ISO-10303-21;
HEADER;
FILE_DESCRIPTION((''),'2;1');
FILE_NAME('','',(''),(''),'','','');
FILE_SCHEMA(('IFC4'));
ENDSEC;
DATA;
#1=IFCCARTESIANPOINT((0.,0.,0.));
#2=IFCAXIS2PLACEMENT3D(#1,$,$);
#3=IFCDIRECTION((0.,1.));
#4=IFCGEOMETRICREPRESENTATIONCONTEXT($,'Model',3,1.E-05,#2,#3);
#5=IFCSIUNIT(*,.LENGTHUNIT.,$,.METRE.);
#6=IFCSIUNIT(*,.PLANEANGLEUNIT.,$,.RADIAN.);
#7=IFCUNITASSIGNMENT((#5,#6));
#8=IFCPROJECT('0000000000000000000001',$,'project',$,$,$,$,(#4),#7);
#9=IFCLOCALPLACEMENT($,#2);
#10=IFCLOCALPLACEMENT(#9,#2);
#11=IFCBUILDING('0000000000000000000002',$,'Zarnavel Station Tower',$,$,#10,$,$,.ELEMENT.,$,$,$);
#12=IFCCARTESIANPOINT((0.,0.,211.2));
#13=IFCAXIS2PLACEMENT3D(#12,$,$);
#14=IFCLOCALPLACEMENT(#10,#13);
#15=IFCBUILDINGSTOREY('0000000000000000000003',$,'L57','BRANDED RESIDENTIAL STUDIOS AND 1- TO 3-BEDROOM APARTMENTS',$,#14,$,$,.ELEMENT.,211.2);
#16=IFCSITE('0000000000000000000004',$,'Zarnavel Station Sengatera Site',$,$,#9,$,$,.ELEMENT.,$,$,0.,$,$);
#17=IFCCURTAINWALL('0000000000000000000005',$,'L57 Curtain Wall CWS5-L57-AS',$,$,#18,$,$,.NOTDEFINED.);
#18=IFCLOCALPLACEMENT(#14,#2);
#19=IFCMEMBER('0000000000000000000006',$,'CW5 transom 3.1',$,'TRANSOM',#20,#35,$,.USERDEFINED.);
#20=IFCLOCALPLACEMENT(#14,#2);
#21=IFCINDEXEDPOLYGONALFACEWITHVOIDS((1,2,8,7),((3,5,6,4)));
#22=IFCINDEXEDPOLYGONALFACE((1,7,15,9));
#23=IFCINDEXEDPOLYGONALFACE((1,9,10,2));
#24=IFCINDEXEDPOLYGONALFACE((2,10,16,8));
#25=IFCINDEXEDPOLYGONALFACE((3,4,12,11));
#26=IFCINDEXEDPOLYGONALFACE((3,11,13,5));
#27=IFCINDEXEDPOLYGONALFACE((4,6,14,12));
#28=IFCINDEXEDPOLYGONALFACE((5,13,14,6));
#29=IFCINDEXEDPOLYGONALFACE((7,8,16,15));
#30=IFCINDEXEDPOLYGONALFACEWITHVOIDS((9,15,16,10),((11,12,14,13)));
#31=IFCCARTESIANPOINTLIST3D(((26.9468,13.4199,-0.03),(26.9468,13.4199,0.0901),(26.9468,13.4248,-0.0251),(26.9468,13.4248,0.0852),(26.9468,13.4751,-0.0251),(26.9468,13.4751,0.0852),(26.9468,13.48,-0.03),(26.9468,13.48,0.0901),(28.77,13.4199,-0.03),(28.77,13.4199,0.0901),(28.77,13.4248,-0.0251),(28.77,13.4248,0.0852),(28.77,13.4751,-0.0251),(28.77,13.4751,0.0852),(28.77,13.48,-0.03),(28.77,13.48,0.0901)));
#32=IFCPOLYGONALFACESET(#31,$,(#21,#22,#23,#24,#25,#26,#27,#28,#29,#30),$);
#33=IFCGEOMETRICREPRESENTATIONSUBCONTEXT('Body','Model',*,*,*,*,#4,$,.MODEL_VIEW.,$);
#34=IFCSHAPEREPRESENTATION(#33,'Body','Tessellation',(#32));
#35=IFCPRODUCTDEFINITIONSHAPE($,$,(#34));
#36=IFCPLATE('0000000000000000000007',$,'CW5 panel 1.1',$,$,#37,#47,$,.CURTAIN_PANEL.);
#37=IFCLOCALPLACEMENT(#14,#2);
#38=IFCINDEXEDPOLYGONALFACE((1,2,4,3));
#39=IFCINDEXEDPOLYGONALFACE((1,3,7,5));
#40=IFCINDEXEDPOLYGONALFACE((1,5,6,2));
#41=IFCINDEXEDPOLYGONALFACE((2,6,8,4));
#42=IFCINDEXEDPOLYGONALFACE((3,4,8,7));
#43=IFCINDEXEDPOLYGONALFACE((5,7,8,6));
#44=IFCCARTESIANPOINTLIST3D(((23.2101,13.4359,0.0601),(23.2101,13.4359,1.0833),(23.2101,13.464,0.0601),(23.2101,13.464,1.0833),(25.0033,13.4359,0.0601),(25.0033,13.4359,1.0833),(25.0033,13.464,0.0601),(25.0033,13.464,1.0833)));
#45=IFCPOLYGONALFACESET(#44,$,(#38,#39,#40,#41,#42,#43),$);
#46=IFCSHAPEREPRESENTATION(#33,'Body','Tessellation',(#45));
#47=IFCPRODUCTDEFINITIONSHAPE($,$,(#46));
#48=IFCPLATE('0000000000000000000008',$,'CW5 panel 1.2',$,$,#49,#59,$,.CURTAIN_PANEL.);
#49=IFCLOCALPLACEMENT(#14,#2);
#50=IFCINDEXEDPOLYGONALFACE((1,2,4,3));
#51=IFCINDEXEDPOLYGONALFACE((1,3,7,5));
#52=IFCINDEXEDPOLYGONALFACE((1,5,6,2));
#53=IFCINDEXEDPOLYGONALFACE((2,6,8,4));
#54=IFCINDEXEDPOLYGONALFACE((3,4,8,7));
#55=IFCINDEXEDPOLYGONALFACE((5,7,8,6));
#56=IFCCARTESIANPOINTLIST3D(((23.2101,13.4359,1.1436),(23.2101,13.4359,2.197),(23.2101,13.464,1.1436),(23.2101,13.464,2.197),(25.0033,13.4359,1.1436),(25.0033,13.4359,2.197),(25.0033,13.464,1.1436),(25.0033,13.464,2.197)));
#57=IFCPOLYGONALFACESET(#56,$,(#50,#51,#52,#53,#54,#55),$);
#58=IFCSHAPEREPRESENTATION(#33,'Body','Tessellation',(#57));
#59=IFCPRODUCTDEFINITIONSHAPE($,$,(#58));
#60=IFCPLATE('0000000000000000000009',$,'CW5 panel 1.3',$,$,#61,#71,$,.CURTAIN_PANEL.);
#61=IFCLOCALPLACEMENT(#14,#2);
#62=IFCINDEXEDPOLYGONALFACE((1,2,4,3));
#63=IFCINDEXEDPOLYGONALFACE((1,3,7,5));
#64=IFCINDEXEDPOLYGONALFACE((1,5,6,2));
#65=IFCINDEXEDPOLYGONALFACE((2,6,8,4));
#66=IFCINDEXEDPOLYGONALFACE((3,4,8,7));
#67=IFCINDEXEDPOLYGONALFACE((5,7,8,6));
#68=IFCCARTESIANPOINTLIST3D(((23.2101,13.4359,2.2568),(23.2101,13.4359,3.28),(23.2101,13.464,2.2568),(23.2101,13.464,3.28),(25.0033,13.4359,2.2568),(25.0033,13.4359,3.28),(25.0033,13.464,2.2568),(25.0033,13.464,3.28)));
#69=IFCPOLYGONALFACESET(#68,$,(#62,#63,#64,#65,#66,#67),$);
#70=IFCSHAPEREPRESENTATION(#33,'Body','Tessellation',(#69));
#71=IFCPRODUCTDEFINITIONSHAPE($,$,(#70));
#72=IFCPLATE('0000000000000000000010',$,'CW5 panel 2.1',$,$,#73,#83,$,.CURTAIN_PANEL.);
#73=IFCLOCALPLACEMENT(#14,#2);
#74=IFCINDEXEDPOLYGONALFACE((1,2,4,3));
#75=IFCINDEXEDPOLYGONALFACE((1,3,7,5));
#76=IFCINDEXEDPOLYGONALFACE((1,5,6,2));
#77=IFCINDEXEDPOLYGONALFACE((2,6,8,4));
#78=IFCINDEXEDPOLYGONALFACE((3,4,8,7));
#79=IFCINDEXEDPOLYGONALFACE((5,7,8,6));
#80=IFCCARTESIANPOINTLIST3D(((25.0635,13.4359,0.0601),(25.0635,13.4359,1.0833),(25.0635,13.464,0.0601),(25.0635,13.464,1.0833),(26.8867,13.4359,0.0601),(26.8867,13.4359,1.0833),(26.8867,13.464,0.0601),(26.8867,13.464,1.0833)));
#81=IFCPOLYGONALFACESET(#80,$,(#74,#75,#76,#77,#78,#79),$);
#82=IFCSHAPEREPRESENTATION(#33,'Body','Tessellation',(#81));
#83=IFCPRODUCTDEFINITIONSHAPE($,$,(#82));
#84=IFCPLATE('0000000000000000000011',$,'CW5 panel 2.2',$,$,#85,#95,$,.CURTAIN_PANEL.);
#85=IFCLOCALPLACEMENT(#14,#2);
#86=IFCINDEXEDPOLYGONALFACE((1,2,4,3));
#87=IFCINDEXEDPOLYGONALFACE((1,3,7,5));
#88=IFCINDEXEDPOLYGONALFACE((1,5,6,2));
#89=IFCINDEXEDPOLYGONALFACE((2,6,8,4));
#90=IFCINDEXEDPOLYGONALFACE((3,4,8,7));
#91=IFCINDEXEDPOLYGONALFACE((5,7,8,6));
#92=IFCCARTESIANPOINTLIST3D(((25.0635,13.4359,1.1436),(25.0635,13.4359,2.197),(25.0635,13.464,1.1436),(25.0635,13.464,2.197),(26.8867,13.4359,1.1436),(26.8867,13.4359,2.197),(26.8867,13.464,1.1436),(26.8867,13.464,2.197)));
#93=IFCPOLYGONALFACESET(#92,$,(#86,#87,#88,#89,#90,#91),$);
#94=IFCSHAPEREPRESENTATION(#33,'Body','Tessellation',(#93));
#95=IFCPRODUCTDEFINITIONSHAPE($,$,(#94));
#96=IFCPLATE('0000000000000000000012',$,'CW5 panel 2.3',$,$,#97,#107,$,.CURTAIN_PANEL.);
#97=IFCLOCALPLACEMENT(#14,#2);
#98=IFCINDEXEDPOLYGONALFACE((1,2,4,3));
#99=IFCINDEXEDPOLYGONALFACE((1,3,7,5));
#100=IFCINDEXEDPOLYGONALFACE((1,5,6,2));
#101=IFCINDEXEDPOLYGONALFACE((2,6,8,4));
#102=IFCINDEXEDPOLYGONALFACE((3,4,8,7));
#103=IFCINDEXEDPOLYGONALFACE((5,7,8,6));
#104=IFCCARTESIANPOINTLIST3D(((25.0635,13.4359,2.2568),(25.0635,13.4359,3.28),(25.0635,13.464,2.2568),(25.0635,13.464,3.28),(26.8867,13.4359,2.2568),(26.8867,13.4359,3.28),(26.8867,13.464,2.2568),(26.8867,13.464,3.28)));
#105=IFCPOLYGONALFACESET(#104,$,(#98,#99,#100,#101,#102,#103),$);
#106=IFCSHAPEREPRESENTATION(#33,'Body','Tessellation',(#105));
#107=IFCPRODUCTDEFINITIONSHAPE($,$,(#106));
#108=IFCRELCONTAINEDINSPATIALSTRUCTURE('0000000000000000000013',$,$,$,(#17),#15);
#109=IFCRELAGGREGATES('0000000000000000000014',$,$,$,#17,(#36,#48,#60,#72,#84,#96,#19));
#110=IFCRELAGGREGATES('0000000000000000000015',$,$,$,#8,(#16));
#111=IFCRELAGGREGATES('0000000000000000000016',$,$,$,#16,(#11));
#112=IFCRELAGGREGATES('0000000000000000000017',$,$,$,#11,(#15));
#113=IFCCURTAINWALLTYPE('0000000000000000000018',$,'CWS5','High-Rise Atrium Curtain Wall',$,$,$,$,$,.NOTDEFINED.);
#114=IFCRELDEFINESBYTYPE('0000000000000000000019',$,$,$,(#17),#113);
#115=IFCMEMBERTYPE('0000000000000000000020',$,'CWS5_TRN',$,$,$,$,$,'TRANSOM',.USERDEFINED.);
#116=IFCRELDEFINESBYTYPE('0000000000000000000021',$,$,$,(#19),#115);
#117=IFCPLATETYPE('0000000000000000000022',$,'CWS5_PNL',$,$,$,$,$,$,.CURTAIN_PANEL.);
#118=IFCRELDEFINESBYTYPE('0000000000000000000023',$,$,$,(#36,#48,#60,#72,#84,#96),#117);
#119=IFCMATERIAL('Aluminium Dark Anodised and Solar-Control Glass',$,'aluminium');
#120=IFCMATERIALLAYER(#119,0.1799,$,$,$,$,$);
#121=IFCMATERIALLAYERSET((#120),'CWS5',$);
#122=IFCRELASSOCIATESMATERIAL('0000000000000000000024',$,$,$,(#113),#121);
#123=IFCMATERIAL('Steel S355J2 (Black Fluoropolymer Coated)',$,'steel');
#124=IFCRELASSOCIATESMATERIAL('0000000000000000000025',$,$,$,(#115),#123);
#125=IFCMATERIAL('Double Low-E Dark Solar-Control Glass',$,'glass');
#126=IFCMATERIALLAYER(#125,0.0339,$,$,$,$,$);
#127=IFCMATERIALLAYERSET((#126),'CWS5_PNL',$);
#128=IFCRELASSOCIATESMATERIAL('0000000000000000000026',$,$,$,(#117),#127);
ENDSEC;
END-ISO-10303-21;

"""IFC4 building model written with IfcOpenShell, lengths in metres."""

from ifc_helpers import new_model, si_unit, direction, frame, origin, origin_2d, place, context, subcontext, project, spatial, rectangle, hollow_rectangle, extrude, material, layer, layer_set, material_profile, profile_set, type_object, element, aggregate, save


model = new_model("IFC4")

# Units and contexts
model_context = context("Model", 3, precision=1e-05, world=origin(), true_north=direction((0.0, 1.0)))
body_context = subcontext(model_context, "Body", "Model", "MODEL_VIEW")
ifc_project = project(units=[si_unit("LENGTHUNIT", "METRE"), si_unit("PLANEANGLEUNIT", "RADIAN")], contexts=[model_context])

# Site, building, storey
site_placement = place(None, origin())
site = spatial("IfcSite", under=ifc_project, at=site_placement, Name="Zarnavel Station Sengatera Site", CompositionType="ELEMENT", RefElevation=0.0)
building_placement = place(site_placement, origin())
building = spatial("IfcBuilding", under=site, at=building_placement, Name="Zarnavel Station Tower", CompositionType="ELEMENT")
storey_placement = place(building_placement, frame((0.0, 0.0, 211.2)))
storey = spatial("IfcBuildingStorey", under=building, at=storey_placement, Name="L57", Description="BRANDED RESIDENTIAL STUDIOS AND 1- TO 3-BEDROOM APARTMENTS", CompositionType="ELEMENT", Elevation=211.2)

# Curtain wall, member, plates
ifc_material_1 = material(Name="Aluminium Dark Anodised and Solar-Control Glass", Category="aluminium")
ifc_layer_1 = layer(ifc_material_1, 0.1799)
ifc_layer_set_1 = layer_set([ifc_layer_1], Name="CWS5")
curtain_wall_type = type_object("IfcCurtainWallType", Name="CWS5", Description="High-Rise Atrium Curtain Wall", PredefinedType="NOTDEFINED", material=ifc_layer_set_1)
curtain_wall_placement = place(storey_placement, origin())
curtain_wall = element("IfcCurtainWall", 1, at=curtain_wall_placement, inside=storey, type_object=curtain_wall_type, Name="L57 Curtain Wall CWS5-L57-AS", PredefinedType="NOTDEFINED")
ifc_material_2 = material(Name="Steel S355J2 (Black Fluoropolymer Coated)", Category="steel")
ifc_material_profile_1 = material_profile(ifc_material_2, hollow_rectangle(XDim=0.0601, YDim=0.1201, WallThickness=0.0049, at=origin_2d()), Name="RHS120x60x5")
ifc_profile_set_1 = profile_set([ifc_material_profile_1], Name="Steel S355J2 (Black Fluoropolymer Coated)")
member_type_1 = type_object("IfcMemberType", Name="CWS5_TRN", ElementType="TRANSOM", PredefinedType="USERDEFINED", material=ifc_profile_set_1)
member_1_placement = place(storey_placement, frame((26.9468, 13.45, 0.03), z_axis=(1.0, 0.0, 0.0), x_axis=(0.0, 1.0, 0.0)))
member_1 = element("IfcMember", 2, at=member_1_placement, type_object=member_type_1, Name="CW5 transom 3.1", ObjectType="TRANSOM", PredefinedType="USERDEFINED", context=body_context, shape_type="SweptSolid", body=[
    extrude(hollow_rectangle(XDim=0.0601, YDim=0.1201, WallThickness=0.0049, at=origin_2d()), origin(), (0.0, 0.0, 1.0), 1.8232),
])
ifc_material_3 = material(Name="Double Low-E Dark Solar-Control Glass", Category="glass")
ifc_layer_2 = layer(ifc_material_3, 0.0339)
ifc_layer_set_2 = layer_set([ifc_layer_2], Name="CWS5_PNL")
plate_type = type_object("IfcPlateType", Name="CWS5_PNL", PredefinedType="CURTAIN_PANEL", material=ifc_layer_set_2)
plate_1_placement = place(storey_placement, frame((24.1067, 13.45, 0.0601), z_axis=(0.0, 0.0, 1.0), x_axis=(1.0, 0.0, 0.0)))
plate_1 = element("IfcPlate", 3, at=plate_1_placement, type_object=plate_type, Name="CW5 panel 1.1", PredefinedType="CURTAIN_PANEL", context=body_context, shape_type="SweptSolid", body=[
    extrude(rectangle(XDim=1.7932, YDim=0.0281, at=origin_2d()), origin(), (0.0, 0.0, 1.0), 1.0232),
])
plate_2_placement = place(storey_placement, frame((24.1067, 13.45, 1.1436), z_axis=(0.0, 0.0, 1.0), x_axis=(1.0, 0.0, 0.0)))
plate_2 = element("IfcPlate", 4, at=plate_2_placement, type_object=plate_type, Name="CW5 panel 1.2", PredefinedType="CURTAIN_PANEL", context=body_context, shape_type="SweptSolid", body=[
    extrude(rectangle(XDim=1.7932, YDim=0.0281, at=origin_2d()), origin(), (0.0, 0.0, 1.0), 1.0535),
])
plate_3_placement = place(storey_placement, frame((24.1067, 13.45, 2.2568), z_axis=(0.0, 0.0, 1.0), x_axis=(1.0, 0.0, 0.0)))
plate_3 = element("IfcPlate", 5, at=plate_3_placement, type_object=plate_type, Name="CW5 panel 1.3", PredefinedType="CURTAIN_PANEL", context=body_context, shape_type="SweptSolid", body=[
    extrude(rectangle(XDim=1.7932, YDim=0.0281, at=origin_2d()), origin(), (0.0, 0.0, 1.0), 1.0232),
])
plate_4_placement = place(storey_placement, frame((25.9751, 13.45, 0.0601), z_axis=(0.0, 0.0, 1.0), x_axis=(1.0, 0.0, 0.0)))
plate_4 = element("IfcPlate", 6, at=plate_4_placement, type_object=plate_type, Name="CW5 panel 2.1", PredefinedType="CURTAIN_PANEL", context=body_context, shape_type="SweptSolid", body=[
    extrude(rectangle(XDim=1.8232, YDim=0.0281, at=origin_2d()), origin(), (0.0, 0.0, 1.0), 1.0232),
])
plate_5_placement = place(storey_placement, frame((25.9751, 13.45, 1.1436), z_axis=(0.0, 0.0, 1.0), x_axis=(1.0, 0.0, 0.0)))
plate_5 = element("IfcPlate", 7, at=plate_5_placement, type_object=plate_type, Name="CW5 panel 2.2", PredefinedType="CURTAIN_PANEL", context=body_context, shape_type="SweptSolid", body=[
    extrude(rectangle(XDim=1.8232, YDim=0.0281, at=origin_2d()), origin(), (0.0, 0.0, 1.0), 1.0535),
])
plate_6_placement = place(storey_placement, frame((25.9751, 13.45, 2.2568), z_axis=(0.0, 0.0, 1.0), x_axis=(1.0, 0.0, 0.0)))
plate_6 = element("IfcPlate", 8, at=plate_6_placement, type_object=plate_type, Name="CW5 panel 2.3", PredefinedType="CURTAIN_PANEL", context=body_context, shape_type="SweptSolid", body=[
    extrude(rectangle(XDim=1.8232, YDim=0.0281, at=origin_2d()), origin(), (0.0, 0.0, 1.0), 1.0232),
])
aggregate(curtain_wall, [plate_1, plate_2, plate_3, plate_4, plate_5, plate_6, member_1])

save(model, "model.ifc")
